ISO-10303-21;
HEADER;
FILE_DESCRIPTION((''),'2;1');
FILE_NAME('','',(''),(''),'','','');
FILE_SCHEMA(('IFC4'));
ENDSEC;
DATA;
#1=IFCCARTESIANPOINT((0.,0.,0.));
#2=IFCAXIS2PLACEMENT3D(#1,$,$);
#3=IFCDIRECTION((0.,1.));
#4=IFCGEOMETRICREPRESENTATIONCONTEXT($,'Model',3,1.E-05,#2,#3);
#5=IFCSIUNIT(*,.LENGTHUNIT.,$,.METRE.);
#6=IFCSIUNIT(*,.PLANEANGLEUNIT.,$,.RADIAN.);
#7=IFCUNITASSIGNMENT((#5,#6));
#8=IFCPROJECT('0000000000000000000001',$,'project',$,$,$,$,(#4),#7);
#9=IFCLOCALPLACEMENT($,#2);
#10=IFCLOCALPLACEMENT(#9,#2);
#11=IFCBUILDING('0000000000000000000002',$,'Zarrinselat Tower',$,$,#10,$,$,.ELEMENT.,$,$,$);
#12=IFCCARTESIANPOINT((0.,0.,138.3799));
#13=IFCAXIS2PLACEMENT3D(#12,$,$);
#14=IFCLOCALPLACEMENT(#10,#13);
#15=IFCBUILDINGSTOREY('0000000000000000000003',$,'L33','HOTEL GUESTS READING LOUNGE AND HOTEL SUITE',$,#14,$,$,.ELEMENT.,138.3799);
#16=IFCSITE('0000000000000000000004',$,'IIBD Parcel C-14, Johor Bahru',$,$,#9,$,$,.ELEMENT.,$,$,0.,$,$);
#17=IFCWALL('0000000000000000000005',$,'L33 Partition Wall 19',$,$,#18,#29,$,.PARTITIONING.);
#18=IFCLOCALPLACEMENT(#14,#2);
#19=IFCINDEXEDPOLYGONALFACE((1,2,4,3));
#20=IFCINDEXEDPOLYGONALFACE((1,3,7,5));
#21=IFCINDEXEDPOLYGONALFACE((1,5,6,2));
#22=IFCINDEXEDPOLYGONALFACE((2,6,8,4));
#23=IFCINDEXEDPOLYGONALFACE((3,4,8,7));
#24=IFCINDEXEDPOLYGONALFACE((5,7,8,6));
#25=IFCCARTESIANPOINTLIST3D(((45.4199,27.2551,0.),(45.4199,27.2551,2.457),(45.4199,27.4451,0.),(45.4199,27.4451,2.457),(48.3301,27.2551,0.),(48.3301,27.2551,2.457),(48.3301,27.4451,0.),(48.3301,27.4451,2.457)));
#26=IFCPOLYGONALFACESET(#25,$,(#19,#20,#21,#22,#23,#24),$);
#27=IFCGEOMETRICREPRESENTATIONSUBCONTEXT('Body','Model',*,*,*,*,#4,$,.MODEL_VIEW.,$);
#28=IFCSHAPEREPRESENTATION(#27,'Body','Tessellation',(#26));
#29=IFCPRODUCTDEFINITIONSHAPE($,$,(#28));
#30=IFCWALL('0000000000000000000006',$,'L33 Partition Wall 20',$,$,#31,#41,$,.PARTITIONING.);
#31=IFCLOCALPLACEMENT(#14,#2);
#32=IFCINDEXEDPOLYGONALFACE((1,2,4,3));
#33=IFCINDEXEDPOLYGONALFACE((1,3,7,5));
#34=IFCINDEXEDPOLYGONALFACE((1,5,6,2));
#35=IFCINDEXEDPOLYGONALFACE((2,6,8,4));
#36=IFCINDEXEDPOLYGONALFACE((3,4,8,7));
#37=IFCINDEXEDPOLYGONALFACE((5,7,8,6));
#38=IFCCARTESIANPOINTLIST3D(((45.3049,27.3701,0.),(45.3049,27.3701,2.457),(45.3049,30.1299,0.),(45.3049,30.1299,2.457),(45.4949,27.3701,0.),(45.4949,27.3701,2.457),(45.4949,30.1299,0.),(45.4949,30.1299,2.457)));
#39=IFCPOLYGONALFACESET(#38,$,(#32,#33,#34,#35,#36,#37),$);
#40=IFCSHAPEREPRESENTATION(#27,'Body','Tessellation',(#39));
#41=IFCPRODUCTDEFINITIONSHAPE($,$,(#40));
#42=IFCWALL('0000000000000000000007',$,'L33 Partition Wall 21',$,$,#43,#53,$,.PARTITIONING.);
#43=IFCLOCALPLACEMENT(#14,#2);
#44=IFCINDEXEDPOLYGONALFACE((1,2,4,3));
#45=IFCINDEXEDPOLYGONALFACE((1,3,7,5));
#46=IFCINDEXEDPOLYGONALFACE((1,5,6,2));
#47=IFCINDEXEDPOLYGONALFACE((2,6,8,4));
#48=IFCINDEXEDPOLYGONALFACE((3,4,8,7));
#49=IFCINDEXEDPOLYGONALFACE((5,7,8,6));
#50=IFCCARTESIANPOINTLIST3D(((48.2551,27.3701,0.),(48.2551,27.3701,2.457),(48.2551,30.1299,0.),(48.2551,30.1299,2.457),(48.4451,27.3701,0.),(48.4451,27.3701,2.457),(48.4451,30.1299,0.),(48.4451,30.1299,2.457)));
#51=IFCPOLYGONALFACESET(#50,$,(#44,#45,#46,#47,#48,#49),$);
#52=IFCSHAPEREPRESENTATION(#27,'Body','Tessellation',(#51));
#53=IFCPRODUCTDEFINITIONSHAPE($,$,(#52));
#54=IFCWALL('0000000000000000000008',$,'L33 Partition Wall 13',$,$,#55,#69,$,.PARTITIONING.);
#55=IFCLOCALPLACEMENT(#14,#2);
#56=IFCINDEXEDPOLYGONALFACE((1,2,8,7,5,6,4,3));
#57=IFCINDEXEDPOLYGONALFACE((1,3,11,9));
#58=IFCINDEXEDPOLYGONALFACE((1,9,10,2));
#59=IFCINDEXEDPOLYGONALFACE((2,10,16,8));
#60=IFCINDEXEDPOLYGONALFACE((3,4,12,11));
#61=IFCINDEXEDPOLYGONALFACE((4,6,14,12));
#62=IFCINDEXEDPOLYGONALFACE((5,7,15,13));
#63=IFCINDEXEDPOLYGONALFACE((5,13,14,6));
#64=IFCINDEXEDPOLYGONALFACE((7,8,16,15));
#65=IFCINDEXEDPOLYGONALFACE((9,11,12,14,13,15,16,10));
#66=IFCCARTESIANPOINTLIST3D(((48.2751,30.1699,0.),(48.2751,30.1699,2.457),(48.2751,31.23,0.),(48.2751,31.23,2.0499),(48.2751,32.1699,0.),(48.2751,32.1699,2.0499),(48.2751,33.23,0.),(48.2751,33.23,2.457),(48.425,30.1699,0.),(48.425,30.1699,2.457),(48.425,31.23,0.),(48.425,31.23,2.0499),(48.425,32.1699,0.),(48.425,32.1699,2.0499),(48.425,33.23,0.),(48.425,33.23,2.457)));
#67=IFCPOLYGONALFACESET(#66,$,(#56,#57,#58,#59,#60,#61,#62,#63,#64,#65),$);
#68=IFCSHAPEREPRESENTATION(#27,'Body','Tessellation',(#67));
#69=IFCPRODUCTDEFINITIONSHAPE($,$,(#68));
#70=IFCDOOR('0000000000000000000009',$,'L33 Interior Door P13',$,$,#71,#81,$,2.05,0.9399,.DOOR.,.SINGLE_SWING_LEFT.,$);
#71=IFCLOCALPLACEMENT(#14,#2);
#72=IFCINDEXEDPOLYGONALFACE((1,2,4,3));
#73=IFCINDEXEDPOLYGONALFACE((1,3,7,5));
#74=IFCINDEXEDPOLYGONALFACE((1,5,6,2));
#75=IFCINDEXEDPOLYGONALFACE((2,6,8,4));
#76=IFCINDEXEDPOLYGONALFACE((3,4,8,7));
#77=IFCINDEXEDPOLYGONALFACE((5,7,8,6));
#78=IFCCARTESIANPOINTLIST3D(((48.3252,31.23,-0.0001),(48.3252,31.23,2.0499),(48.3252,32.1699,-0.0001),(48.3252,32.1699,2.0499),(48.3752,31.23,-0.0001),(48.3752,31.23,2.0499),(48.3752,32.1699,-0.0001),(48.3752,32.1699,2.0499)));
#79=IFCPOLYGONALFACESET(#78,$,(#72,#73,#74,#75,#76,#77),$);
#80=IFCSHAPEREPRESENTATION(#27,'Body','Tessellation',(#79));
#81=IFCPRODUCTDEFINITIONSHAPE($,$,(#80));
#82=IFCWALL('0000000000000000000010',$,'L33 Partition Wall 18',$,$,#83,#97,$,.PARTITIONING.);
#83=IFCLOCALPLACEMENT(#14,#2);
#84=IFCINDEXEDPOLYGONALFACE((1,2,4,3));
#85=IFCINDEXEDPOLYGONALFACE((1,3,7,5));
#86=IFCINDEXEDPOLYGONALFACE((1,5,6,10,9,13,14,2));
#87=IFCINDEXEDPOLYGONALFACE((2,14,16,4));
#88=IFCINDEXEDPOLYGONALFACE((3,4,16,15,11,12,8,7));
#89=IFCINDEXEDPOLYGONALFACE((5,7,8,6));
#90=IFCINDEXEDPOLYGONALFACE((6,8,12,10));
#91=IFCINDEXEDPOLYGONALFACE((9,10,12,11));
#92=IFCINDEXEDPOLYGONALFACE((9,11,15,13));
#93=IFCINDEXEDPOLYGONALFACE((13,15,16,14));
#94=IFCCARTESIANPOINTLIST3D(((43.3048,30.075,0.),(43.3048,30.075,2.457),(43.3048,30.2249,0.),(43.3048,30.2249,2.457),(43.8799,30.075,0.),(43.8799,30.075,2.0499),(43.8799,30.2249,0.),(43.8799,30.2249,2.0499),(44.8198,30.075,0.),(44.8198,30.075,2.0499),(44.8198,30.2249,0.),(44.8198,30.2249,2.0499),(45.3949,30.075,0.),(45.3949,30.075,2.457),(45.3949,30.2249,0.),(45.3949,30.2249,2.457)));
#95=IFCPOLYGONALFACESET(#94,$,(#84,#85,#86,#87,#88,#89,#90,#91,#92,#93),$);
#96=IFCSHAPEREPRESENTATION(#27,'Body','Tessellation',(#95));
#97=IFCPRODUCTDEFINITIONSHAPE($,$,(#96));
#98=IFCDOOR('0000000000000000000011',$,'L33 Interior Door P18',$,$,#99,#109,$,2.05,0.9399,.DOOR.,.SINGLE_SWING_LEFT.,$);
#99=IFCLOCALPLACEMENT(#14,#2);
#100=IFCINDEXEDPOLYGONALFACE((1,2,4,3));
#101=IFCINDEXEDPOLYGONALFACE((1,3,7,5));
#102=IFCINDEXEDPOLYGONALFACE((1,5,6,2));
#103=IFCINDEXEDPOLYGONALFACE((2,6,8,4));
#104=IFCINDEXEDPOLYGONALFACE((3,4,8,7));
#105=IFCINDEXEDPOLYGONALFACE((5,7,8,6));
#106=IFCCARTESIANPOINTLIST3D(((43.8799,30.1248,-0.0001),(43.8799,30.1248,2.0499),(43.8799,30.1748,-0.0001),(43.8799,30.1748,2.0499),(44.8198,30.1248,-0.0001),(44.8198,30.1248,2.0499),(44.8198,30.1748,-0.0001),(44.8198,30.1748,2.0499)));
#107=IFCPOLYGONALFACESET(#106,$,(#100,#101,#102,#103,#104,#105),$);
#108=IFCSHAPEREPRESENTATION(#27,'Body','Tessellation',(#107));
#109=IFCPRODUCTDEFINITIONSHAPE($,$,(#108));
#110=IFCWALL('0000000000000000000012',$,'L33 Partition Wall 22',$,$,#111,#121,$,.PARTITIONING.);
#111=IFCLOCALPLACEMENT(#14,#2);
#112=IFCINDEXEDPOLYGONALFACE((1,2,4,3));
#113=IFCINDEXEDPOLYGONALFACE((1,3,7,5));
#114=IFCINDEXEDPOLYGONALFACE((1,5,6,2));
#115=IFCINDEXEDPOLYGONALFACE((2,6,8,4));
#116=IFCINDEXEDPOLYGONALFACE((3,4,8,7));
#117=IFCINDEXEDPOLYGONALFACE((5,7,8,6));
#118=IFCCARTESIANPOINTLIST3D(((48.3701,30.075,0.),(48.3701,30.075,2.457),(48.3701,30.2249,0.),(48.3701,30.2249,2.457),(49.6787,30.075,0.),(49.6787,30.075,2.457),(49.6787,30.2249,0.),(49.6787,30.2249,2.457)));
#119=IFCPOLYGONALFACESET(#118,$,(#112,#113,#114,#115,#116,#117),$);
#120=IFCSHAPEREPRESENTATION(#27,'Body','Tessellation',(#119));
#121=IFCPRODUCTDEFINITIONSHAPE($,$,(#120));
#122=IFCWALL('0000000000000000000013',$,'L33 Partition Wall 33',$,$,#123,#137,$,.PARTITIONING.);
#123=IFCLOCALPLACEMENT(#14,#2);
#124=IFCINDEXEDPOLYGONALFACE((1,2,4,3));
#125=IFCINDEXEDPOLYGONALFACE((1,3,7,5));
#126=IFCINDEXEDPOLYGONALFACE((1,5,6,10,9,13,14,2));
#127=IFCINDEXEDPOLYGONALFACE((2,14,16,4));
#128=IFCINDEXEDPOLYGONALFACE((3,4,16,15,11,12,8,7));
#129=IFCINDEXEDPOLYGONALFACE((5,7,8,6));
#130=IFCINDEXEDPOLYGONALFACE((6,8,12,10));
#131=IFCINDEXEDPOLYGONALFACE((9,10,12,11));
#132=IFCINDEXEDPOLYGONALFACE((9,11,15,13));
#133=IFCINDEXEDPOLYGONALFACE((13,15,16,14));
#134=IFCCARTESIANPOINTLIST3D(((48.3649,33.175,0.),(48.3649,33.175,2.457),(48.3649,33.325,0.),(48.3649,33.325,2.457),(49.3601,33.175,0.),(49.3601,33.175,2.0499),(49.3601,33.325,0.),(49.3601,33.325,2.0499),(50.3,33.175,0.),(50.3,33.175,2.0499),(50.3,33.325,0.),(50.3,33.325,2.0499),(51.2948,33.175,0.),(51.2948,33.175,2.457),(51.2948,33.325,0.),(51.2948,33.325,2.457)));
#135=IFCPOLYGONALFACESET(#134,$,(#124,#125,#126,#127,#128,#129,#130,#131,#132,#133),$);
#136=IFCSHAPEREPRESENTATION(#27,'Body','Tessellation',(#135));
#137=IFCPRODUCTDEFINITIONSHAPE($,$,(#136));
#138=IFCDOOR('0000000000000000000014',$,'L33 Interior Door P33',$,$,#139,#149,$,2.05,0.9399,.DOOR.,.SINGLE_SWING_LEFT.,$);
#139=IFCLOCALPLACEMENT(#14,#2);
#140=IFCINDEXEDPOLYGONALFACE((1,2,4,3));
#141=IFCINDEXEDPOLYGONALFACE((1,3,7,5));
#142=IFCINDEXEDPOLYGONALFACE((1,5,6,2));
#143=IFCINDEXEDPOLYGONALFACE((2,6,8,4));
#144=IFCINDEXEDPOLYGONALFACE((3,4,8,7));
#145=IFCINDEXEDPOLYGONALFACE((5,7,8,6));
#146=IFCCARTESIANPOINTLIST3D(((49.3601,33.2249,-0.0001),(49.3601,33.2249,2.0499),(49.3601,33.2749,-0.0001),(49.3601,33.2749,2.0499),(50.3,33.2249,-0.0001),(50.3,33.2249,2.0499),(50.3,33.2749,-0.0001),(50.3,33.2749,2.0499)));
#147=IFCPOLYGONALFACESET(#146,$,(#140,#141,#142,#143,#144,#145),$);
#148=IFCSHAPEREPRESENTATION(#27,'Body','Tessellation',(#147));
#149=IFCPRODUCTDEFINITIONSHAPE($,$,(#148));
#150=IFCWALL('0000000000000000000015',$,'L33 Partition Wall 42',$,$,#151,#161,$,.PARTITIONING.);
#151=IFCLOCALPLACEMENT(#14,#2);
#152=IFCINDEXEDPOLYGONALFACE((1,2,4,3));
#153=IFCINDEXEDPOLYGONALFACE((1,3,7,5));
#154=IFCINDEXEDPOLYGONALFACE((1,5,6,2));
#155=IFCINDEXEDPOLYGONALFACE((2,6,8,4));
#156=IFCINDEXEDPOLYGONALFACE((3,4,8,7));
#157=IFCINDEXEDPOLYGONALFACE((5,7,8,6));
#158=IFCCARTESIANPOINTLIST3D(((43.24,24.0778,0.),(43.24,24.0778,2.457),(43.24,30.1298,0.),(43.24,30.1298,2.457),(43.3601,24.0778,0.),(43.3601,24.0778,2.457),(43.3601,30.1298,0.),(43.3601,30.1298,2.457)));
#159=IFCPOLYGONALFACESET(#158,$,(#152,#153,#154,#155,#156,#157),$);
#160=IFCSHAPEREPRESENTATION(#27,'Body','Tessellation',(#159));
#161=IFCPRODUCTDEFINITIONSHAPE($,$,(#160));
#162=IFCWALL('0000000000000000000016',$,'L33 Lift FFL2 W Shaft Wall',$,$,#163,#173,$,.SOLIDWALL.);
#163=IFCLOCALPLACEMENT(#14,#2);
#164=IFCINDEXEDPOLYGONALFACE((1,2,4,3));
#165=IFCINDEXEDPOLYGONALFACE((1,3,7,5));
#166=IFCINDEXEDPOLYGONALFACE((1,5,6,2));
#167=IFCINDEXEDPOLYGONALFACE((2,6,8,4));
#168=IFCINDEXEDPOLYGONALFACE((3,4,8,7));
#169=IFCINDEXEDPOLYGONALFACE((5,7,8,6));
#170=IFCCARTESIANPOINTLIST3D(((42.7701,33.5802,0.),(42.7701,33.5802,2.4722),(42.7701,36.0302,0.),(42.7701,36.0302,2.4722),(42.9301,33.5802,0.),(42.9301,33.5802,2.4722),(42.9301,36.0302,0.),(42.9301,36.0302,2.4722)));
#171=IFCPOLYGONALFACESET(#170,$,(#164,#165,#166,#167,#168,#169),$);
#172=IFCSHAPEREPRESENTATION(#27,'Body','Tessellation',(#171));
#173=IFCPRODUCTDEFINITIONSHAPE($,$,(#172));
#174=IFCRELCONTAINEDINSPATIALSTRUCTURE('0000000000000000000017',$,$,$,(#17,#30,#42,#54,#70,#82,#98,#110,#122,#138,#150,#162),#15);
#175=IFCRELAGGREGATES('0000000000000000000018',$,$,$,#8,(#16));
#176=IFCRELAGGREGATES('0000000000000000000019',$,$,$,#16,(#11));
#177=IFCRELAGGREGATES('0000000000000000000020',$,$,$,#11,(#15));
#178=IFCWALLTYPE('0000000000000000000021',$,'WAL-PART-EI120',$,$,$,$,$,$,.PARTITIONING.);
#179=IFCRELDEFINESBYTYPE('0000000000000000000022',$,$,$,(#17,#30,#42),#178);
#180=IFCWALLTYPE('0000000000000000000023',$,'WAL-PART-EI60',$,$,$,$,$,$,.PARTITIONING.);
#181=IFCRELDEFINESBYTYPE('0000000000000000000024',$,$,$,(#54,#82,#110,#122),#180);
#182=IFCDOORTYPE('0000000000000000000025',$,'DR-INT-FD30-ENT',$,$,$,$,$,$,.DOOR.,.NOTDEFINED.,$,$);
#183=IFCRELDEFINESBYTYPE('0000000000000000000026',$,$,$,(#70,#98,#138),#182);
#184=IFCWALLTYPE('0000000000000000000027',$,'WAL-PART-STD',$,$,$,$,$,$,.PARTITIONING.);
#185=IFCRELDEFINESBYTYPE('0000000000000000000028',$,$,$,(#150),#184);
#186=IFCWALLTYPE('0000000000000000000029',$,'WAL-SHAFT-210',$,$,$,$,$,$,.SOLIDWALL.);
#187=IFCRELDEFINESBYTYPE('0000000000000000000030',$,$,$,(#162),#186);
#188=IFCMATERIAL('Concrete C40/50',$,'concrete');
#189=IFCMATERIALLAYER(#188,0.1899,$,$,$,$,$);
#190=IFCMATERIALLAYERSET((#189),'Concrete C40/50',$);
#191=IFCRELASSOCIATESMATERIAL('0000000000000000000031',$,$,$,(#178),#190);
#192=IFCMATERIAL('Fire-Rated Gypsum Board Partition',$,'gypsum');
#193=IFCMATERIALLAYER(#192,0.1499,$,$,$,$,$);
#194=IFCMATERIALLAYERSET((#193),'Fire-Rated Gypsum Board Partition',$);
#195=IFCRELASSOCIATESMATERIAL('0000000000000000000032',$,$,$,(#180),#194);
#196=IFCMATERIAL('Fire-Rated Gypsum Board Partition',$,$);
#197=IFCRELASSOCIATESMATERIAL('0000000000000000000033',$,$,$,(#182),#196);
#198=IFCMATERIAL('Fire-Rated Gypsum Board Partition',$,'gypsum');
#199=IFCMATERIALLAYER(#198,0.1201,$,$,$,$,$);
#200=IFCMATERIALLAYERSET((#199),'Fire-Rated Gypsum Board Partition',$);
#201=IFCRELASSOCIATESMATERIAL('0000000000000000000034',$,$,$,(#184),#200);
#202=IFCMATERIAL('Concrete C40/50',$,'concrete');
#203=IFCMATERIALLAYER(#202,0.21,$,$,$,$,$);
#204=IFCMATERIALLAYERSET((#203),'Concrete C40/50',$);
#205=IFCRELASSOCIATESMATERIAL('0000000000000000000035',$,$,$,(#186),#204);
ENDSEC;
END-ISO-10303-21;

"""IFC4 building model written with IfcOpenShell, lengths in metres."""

from ifc_helpers import new_model, si_unit, direction, frame, frame_2d, origin, place, context, subcontext, project, spatial, rectangle, extrude, material, layer, layer_set, type_object, element, fill, save


model = new_model("IFC4")

# Units and contexts
model_context = context("Model", 3, precision=1e-05, world=origin(), true_north=direction((0.0, 1.0)))
body_context = subcontext(model_context, "Body", "Model", "MODEL_VIEW")
ifc_project = project(units=[si_unit("LENGTHUNIT", "METRE"), si_unit("PLANEANGLEUNIT", "RADIAN")], contexts=[model_context])

# Site, building, storey
site_placement = place(None, origin())
site = spatial("IfcSite", under=ifc_project, at=site_placement, Name="IIBD Parcel C-14, Johor Bahru", CompositionType="ELEMENT", RefElevation=0.0)
building_placement = place(site_placement, origin())
building = spatial("IfcBuilding", under=site, at=building_placement, Name="Zarrinselat Tower", CompositionType="ELEMENT")
storey_placement = place(building_placement, frame((0.0, 0.0, 138.3799)))
storey = spatial("IfcBuildingStorey", under=building, at=storey_placement, Name="L33", Description="HOTEL GUESTS READING LOUNGE AND HOTEL SUITE", CompositionType="ELEMENT", Elevation=138.3799)

# Shared definitions
ifc_material_1 = material(Name="Concrete C40/50", Category="concrete")
ifc_layer_1 = layer(ifc_material_1, 0.1899)
ifc_layer_set_1 = layer_set([ifc_layer_1], Name="Concrete C40/50")
wall_type_1 = type_object("IfcWallType", Name="WAL-PART-EI120", PredefinedType="PARTITIONING", material=ifc_layer_set_1)

# Walls
wall_1_placement = place(storey_placement, frame((45.4199, 27.3501, 0.0), z_axis=(0.0, 0.0, 1.0), x_axis=(1.0, 0.0, 0.0)))
element("IfcWall", 1, at=wall_1_placement, inside=storey, type_object=wall_type_1, Name="L33 Partition Wall 19", PredefinedType="PARTITIONING", context=body_context, shape_type="SweptSolid", body=[
    extrude(rectangle(XDim=2.9102, YDim=0.1899, at=frame_2d((1.4551, 0.0))), origin(), (0.0, 0.0, 1.0), 2.457),
])
for number, where, z_axis, x_axis, name in (
    (2, (45.3999, 27.3701, 0.0), (0.0, 0.0, 1.0), (0.0, 1.0, 0.0), "L33 Partition Wall 20"),
    (3, (48.3501, 27.3701, 0.0), (0.0, 0.0, 1.0), (0.0, 1.0, 0.0), "L33 Partition Wall 21"),
):
    element("IfcWall", number, at=place(storey_placement, frame(where, z_axis=z_axis, x_axis=x_axis)), inside=storey, type_object=wall_type_1, Name=name, PredefinedType="PARTITIONING", context=body_context, shape_type="SweptSolid", body=[
        extrude(rectangle(XDim=2.7598, YDim=0.1899, at=frame_2d((1.3799, 0.0))), origin(), (0.0, 0.0, 1.0), 2.457),
    ])

# Walls, openings, doors
ifc_material_2 = material(Name="Fire-Rated Gypsum Board Partition", Category="gypsum")
ifc_layer_2 = layer(ifc_material_2, 0.1499)
ifc_layer_set_2 = layer_set([ifc_layer_2], Name="Fire-Rated Gypsum Board Partition")
wall_type_2 = type_object("IfcWallType", Name="WAL-PART-EI60", PredefinedType="PARTITIONING", material=ifc_layer_set_2)
wall_2_placement = place(storey_placement, frame((48.3501, 30.1699, 0.0), z_axis=(0.0, 0.0, 1.0), x_axis=(0.0, 1.0, 0.0)))
wall_2 = element("IfcWall", 4, at=wall_2_placement, inside=storey, type_object=wall_type_2, Name="L33 Partition Wall 13", PredefinedType="PARTITIONING", context=body_context, shape_type="SweptSolid", body=[
    extrude(rectangle(XDim=3.0601, YDim=0.1499, at=frame_2d((1.53, 0.0))), origin(), (0.0, 0.0, 1.0), 2.457),
])
opening_1_placement = place(wall_2_placement, frame((1.0601, 0.0, 0.0)))
opening_1 = element("IfcOpeningElement", 5, at=opening_1_placement, cuts=wall_2, PredefinedType="OPENING", context=body_context, shape_type="SweptSolid", body=[
    extrude(rectangle(XDim=0.9399, YDim=2.05, at=frame_2d((0.47, 1.0249))), frame((0.0, 0.085, 0.0), z_axis=(0.0, -1.0, 0.0), x_axis=(1.0, 0.0, 0.0)), (0.0, 0.0, 1.0), 0.1699),
])
ifc_material_3 = material(Name="Fire-Rated Gypsum Board Partition")
door_type_1 = type_object("IfcDoorType", Name="DR-INT-FD30-ENT", OperationType="NOTDEFINED", PredefinedType="DOOR", material=ifc_material_3)
door_1_placement = place(opening_1_placement, origin())
door_1 = element("IfcDoor", 6, at=door_1_placement, inside=storey, type_object=door_type_1, Name="L33 Interior Door P13", OperationType="SINGLE_SWING_LEFT", OverallHeight=2.05, OverallWidth=0.9399, PredefinedType="DOOR", context=body_context, shape_type="SweptSolid", body=[
    extrude(rectangle(XDim=0.9399, YDim=2.05, at=frame_2d((0.47, 1.0249))), frame((0.0, 0.0249, 0.0), z_axis=(0.0, -1.0, 0.0), x_axis=(1.0, 0.0, 0.0)), (0.0, 0.0, 1.0), 0.05),
])
fill(opening_1, door_1)
wall_3_placement = place(storey_placement, frame((43.3049, 30.1499, 0.0), z_axis=(0.0, 0.0, 1.0), x_axis=(1.0, 0.0, 0.0)))
wall_3 = element("IfcWall", 7, at=wall_3_placement, inside=storey, type_object=wall_type_2, Name="L33 Partition Wall 18", PredefinedType="PARTITIONING", context=body_context, shape_type="SweptSolid", body=[
    extrude(rectangle(XDim=2.0901, YDim=0.1499, at=frame_2d((1.0449, 0.0))), origin(), (0.0, 0.0, 1.0), 2.457),
])
opening_2_placement = place(wall_3_placement, frame((0.575, 0.0, 0.0)))
opening_2 = element("IfcOpeningElement", 8, at=opening_2_placement, cuts=wall_3, PredefinedType="OPENING", context=body_context, shape_type="SweptSolid", body=[
    extrude(rectangle(XDim=0.9399, YDim=2.05, at=frame_2d((0.47, 1.0249))), frame((0.0, 0.085, 0.0), z_axis=(0.0, -1.0, 0.0), x_axis=(1.0, 0.0, 0.0)), (0.0, 0.0, 1.0), 0.1699),
])
door_2_placement = place(opening_2_placement, origin())
door_2 = element("IfcDoor", 9, at=door_2_placement, inside=storey, type_object=door_type_1, Name="L33 Interior Door P18", OperationType="SINGLE_SWING_LEFT", OverallHeight=2.05, OverallWidth=0.9399, PredefinedType="DOOR", context=body_context, shape_type="SweptSolid", body=[
    extrude(rectangle(XDim=0.9399, YDim=2.05, at=frame_2d((0.47, 1.0249))), frame((0.0, 0.0249, 0.0), z_axis=(0.0, -1.0, 0.0), x_axis=(1.0, 0.0, 0.0)), (0.0, 0.0, 1.0), 0.05),
])
fill(opening_2, door_2)

# Wall
wall_4_placement = place(storey_placement, frame((48.3701, 30.1499, 0.0), z_axis=(0.0, 0.0, 1.0), x_axis=(1.0, 0.0, 0.0)))
element("IfcWall", 10, at=wall_4_placement, inside=storey, type_object=wall_type_2, Name="L33 Partition Wall 22", PredefinedType="PARTITIONING", context=body_context, shape_type="SweptSolid", body=[
    extrude(rectangle(XDim=1.3086, YDim=0.1499, at=frame_2d((0.6543, 0.0))), origin(), (0.0, 0.0, 1.0), 2.457),
])

# Wall, opening, door
wall_5_placement = place(storey_placement, frame((48.365, 33.25, 0.0), z_axis=(0.0, 0.0, 1.0), x_axis=(1.0, 0.0, 0.0)))
wall_5 = element("IfcWall", 11, at=wall_5_placement, inside=storey, type_object=wall_type_2, Name="L33 Partition Wall 33", PredefinedType="PARTITIONING", context=body_context, shape_type="SweptSolid", body=[
    extrude(rectangle(XDim=2.9299, YDim=0.1499, at=frame_2d((1.4648, 0.0))), origin(), (0.0, 0.0, 1.0), 2.457),
])
opening_3_placement = place(wall_5_placement, frame((0.9951, 0.0, 0.0)))
opening_3 = element("IfcOpeningElement", 12, at=opening_3_placement, cuts=wall_5, PredefinedType="OPENING", context=body_context, shape_type="SweptSolid", body=[
    extrude(rectangle(XDim=0.9399, YDim=2.05, at=frame_2d((0.47, 1.0249))), frame((0.0, 0.085, 0.0), z_axis=(0.0, -1.0, 0.0), x_axis=(1.0, 0.0, 0.0)), (0.0, 0.0, 1.0), 0.1699),
])
door_3_placement = place(opening_3_placement, origin())
door_3 = element("IfcDoor", 13, at=door_3_placement, inside=storey, type_object=door_type_1, Name="L33 Interior Door P33", OperationType="SINGLE_SWING_LEFT", OverallHeight=2.05, OverallWidth=0.9399, PredefinedType="DOOR", context=body_context, shape_type="SweptSolid", body=[
    extrude(rectangle(XDim=0.9399, YDim=2.05, at=frame_2d((0.47, 1.0249))), frame((0.0, 0.0249, 0.0), z_axis=(0.0, -1.0, 0.0), x_axis=(1.0, 0.0, 0.0)), (0.0, 0.0, 1.0), 0.05),
])
fill(opening_3, door_3)

# Walls
ifc_material_4 = material(Name="Fire-Rated Gypsum Board Partition", Category="gypsum")
ifc_layer_3 = layer(ifc_material_4, 0.1201)
ifc_layer_set_3 = layer_set([ifc_layer_3], Name="Fire-Rated Gypsum Board Partition")
wall_type_3 = type_object("IfcWallType", Name="WAL-PART-STD", PredefinedType="PARTITIONING", material=ifc_layer_set_3)
wall_6_placement = place(storey_placement, frame((43.3, 24.0779, 0.0), z_axis=(0.0, 0.0, 1.0), x_axis=(0.0, 1.0, 0.0)))
element("IfcWall", 14, at=wall_6_placement, inside=storey, type_object=wall_type_3, Name="L33 Partition Wall 42", PredefinedType="PARTITIONING", context=body_context, shape_type="SweptSolid", body=[
    extrude(rectangle(XDim=6.052, YDim=0.1201, at=frame_2d((3.0259, 0.0))), origin(), (0.0, 0.0, 1.0), 2.457),
])
ifc_material_5 = material(Name="Concrete C40/50", Category="concrete")
ifc_layer_4 = layer(ifc_material_5, 0.21)
ifc_layer_set_4 = layer_set([ifc_layer_4], Name="Concrete C40/50")
wall_type_4 = type_object("IfcWallType", Name="WAL-SHAFT-210", PredefinedType="SOLIDWALL", material=ifc_layer_set_4)
wall_7_placement = place(storey_placement, frame((42.8501, 33.5801, 0.0), z_axis=(0.0, 0.0, 1.0), x_axis=(0.0, 1.0, 0.0)))
element("IfcWall", 15, at=wall_7_placement, inside=storey, type_object=wall_type_4, Name="L33 Lift FFL2 W Shaft Wall", PredefinedType="SOLIDWALL", context=body_context, shape_type="SweptSolid", body=[
    extrude(rectangle(XDim=2.45, YDim=0.1599, at=frame_2d((1.2251, 0.0))), origin(), (0.0, 0.0, 1.0), 2.4722),
])

save(model, "model.ifc")
